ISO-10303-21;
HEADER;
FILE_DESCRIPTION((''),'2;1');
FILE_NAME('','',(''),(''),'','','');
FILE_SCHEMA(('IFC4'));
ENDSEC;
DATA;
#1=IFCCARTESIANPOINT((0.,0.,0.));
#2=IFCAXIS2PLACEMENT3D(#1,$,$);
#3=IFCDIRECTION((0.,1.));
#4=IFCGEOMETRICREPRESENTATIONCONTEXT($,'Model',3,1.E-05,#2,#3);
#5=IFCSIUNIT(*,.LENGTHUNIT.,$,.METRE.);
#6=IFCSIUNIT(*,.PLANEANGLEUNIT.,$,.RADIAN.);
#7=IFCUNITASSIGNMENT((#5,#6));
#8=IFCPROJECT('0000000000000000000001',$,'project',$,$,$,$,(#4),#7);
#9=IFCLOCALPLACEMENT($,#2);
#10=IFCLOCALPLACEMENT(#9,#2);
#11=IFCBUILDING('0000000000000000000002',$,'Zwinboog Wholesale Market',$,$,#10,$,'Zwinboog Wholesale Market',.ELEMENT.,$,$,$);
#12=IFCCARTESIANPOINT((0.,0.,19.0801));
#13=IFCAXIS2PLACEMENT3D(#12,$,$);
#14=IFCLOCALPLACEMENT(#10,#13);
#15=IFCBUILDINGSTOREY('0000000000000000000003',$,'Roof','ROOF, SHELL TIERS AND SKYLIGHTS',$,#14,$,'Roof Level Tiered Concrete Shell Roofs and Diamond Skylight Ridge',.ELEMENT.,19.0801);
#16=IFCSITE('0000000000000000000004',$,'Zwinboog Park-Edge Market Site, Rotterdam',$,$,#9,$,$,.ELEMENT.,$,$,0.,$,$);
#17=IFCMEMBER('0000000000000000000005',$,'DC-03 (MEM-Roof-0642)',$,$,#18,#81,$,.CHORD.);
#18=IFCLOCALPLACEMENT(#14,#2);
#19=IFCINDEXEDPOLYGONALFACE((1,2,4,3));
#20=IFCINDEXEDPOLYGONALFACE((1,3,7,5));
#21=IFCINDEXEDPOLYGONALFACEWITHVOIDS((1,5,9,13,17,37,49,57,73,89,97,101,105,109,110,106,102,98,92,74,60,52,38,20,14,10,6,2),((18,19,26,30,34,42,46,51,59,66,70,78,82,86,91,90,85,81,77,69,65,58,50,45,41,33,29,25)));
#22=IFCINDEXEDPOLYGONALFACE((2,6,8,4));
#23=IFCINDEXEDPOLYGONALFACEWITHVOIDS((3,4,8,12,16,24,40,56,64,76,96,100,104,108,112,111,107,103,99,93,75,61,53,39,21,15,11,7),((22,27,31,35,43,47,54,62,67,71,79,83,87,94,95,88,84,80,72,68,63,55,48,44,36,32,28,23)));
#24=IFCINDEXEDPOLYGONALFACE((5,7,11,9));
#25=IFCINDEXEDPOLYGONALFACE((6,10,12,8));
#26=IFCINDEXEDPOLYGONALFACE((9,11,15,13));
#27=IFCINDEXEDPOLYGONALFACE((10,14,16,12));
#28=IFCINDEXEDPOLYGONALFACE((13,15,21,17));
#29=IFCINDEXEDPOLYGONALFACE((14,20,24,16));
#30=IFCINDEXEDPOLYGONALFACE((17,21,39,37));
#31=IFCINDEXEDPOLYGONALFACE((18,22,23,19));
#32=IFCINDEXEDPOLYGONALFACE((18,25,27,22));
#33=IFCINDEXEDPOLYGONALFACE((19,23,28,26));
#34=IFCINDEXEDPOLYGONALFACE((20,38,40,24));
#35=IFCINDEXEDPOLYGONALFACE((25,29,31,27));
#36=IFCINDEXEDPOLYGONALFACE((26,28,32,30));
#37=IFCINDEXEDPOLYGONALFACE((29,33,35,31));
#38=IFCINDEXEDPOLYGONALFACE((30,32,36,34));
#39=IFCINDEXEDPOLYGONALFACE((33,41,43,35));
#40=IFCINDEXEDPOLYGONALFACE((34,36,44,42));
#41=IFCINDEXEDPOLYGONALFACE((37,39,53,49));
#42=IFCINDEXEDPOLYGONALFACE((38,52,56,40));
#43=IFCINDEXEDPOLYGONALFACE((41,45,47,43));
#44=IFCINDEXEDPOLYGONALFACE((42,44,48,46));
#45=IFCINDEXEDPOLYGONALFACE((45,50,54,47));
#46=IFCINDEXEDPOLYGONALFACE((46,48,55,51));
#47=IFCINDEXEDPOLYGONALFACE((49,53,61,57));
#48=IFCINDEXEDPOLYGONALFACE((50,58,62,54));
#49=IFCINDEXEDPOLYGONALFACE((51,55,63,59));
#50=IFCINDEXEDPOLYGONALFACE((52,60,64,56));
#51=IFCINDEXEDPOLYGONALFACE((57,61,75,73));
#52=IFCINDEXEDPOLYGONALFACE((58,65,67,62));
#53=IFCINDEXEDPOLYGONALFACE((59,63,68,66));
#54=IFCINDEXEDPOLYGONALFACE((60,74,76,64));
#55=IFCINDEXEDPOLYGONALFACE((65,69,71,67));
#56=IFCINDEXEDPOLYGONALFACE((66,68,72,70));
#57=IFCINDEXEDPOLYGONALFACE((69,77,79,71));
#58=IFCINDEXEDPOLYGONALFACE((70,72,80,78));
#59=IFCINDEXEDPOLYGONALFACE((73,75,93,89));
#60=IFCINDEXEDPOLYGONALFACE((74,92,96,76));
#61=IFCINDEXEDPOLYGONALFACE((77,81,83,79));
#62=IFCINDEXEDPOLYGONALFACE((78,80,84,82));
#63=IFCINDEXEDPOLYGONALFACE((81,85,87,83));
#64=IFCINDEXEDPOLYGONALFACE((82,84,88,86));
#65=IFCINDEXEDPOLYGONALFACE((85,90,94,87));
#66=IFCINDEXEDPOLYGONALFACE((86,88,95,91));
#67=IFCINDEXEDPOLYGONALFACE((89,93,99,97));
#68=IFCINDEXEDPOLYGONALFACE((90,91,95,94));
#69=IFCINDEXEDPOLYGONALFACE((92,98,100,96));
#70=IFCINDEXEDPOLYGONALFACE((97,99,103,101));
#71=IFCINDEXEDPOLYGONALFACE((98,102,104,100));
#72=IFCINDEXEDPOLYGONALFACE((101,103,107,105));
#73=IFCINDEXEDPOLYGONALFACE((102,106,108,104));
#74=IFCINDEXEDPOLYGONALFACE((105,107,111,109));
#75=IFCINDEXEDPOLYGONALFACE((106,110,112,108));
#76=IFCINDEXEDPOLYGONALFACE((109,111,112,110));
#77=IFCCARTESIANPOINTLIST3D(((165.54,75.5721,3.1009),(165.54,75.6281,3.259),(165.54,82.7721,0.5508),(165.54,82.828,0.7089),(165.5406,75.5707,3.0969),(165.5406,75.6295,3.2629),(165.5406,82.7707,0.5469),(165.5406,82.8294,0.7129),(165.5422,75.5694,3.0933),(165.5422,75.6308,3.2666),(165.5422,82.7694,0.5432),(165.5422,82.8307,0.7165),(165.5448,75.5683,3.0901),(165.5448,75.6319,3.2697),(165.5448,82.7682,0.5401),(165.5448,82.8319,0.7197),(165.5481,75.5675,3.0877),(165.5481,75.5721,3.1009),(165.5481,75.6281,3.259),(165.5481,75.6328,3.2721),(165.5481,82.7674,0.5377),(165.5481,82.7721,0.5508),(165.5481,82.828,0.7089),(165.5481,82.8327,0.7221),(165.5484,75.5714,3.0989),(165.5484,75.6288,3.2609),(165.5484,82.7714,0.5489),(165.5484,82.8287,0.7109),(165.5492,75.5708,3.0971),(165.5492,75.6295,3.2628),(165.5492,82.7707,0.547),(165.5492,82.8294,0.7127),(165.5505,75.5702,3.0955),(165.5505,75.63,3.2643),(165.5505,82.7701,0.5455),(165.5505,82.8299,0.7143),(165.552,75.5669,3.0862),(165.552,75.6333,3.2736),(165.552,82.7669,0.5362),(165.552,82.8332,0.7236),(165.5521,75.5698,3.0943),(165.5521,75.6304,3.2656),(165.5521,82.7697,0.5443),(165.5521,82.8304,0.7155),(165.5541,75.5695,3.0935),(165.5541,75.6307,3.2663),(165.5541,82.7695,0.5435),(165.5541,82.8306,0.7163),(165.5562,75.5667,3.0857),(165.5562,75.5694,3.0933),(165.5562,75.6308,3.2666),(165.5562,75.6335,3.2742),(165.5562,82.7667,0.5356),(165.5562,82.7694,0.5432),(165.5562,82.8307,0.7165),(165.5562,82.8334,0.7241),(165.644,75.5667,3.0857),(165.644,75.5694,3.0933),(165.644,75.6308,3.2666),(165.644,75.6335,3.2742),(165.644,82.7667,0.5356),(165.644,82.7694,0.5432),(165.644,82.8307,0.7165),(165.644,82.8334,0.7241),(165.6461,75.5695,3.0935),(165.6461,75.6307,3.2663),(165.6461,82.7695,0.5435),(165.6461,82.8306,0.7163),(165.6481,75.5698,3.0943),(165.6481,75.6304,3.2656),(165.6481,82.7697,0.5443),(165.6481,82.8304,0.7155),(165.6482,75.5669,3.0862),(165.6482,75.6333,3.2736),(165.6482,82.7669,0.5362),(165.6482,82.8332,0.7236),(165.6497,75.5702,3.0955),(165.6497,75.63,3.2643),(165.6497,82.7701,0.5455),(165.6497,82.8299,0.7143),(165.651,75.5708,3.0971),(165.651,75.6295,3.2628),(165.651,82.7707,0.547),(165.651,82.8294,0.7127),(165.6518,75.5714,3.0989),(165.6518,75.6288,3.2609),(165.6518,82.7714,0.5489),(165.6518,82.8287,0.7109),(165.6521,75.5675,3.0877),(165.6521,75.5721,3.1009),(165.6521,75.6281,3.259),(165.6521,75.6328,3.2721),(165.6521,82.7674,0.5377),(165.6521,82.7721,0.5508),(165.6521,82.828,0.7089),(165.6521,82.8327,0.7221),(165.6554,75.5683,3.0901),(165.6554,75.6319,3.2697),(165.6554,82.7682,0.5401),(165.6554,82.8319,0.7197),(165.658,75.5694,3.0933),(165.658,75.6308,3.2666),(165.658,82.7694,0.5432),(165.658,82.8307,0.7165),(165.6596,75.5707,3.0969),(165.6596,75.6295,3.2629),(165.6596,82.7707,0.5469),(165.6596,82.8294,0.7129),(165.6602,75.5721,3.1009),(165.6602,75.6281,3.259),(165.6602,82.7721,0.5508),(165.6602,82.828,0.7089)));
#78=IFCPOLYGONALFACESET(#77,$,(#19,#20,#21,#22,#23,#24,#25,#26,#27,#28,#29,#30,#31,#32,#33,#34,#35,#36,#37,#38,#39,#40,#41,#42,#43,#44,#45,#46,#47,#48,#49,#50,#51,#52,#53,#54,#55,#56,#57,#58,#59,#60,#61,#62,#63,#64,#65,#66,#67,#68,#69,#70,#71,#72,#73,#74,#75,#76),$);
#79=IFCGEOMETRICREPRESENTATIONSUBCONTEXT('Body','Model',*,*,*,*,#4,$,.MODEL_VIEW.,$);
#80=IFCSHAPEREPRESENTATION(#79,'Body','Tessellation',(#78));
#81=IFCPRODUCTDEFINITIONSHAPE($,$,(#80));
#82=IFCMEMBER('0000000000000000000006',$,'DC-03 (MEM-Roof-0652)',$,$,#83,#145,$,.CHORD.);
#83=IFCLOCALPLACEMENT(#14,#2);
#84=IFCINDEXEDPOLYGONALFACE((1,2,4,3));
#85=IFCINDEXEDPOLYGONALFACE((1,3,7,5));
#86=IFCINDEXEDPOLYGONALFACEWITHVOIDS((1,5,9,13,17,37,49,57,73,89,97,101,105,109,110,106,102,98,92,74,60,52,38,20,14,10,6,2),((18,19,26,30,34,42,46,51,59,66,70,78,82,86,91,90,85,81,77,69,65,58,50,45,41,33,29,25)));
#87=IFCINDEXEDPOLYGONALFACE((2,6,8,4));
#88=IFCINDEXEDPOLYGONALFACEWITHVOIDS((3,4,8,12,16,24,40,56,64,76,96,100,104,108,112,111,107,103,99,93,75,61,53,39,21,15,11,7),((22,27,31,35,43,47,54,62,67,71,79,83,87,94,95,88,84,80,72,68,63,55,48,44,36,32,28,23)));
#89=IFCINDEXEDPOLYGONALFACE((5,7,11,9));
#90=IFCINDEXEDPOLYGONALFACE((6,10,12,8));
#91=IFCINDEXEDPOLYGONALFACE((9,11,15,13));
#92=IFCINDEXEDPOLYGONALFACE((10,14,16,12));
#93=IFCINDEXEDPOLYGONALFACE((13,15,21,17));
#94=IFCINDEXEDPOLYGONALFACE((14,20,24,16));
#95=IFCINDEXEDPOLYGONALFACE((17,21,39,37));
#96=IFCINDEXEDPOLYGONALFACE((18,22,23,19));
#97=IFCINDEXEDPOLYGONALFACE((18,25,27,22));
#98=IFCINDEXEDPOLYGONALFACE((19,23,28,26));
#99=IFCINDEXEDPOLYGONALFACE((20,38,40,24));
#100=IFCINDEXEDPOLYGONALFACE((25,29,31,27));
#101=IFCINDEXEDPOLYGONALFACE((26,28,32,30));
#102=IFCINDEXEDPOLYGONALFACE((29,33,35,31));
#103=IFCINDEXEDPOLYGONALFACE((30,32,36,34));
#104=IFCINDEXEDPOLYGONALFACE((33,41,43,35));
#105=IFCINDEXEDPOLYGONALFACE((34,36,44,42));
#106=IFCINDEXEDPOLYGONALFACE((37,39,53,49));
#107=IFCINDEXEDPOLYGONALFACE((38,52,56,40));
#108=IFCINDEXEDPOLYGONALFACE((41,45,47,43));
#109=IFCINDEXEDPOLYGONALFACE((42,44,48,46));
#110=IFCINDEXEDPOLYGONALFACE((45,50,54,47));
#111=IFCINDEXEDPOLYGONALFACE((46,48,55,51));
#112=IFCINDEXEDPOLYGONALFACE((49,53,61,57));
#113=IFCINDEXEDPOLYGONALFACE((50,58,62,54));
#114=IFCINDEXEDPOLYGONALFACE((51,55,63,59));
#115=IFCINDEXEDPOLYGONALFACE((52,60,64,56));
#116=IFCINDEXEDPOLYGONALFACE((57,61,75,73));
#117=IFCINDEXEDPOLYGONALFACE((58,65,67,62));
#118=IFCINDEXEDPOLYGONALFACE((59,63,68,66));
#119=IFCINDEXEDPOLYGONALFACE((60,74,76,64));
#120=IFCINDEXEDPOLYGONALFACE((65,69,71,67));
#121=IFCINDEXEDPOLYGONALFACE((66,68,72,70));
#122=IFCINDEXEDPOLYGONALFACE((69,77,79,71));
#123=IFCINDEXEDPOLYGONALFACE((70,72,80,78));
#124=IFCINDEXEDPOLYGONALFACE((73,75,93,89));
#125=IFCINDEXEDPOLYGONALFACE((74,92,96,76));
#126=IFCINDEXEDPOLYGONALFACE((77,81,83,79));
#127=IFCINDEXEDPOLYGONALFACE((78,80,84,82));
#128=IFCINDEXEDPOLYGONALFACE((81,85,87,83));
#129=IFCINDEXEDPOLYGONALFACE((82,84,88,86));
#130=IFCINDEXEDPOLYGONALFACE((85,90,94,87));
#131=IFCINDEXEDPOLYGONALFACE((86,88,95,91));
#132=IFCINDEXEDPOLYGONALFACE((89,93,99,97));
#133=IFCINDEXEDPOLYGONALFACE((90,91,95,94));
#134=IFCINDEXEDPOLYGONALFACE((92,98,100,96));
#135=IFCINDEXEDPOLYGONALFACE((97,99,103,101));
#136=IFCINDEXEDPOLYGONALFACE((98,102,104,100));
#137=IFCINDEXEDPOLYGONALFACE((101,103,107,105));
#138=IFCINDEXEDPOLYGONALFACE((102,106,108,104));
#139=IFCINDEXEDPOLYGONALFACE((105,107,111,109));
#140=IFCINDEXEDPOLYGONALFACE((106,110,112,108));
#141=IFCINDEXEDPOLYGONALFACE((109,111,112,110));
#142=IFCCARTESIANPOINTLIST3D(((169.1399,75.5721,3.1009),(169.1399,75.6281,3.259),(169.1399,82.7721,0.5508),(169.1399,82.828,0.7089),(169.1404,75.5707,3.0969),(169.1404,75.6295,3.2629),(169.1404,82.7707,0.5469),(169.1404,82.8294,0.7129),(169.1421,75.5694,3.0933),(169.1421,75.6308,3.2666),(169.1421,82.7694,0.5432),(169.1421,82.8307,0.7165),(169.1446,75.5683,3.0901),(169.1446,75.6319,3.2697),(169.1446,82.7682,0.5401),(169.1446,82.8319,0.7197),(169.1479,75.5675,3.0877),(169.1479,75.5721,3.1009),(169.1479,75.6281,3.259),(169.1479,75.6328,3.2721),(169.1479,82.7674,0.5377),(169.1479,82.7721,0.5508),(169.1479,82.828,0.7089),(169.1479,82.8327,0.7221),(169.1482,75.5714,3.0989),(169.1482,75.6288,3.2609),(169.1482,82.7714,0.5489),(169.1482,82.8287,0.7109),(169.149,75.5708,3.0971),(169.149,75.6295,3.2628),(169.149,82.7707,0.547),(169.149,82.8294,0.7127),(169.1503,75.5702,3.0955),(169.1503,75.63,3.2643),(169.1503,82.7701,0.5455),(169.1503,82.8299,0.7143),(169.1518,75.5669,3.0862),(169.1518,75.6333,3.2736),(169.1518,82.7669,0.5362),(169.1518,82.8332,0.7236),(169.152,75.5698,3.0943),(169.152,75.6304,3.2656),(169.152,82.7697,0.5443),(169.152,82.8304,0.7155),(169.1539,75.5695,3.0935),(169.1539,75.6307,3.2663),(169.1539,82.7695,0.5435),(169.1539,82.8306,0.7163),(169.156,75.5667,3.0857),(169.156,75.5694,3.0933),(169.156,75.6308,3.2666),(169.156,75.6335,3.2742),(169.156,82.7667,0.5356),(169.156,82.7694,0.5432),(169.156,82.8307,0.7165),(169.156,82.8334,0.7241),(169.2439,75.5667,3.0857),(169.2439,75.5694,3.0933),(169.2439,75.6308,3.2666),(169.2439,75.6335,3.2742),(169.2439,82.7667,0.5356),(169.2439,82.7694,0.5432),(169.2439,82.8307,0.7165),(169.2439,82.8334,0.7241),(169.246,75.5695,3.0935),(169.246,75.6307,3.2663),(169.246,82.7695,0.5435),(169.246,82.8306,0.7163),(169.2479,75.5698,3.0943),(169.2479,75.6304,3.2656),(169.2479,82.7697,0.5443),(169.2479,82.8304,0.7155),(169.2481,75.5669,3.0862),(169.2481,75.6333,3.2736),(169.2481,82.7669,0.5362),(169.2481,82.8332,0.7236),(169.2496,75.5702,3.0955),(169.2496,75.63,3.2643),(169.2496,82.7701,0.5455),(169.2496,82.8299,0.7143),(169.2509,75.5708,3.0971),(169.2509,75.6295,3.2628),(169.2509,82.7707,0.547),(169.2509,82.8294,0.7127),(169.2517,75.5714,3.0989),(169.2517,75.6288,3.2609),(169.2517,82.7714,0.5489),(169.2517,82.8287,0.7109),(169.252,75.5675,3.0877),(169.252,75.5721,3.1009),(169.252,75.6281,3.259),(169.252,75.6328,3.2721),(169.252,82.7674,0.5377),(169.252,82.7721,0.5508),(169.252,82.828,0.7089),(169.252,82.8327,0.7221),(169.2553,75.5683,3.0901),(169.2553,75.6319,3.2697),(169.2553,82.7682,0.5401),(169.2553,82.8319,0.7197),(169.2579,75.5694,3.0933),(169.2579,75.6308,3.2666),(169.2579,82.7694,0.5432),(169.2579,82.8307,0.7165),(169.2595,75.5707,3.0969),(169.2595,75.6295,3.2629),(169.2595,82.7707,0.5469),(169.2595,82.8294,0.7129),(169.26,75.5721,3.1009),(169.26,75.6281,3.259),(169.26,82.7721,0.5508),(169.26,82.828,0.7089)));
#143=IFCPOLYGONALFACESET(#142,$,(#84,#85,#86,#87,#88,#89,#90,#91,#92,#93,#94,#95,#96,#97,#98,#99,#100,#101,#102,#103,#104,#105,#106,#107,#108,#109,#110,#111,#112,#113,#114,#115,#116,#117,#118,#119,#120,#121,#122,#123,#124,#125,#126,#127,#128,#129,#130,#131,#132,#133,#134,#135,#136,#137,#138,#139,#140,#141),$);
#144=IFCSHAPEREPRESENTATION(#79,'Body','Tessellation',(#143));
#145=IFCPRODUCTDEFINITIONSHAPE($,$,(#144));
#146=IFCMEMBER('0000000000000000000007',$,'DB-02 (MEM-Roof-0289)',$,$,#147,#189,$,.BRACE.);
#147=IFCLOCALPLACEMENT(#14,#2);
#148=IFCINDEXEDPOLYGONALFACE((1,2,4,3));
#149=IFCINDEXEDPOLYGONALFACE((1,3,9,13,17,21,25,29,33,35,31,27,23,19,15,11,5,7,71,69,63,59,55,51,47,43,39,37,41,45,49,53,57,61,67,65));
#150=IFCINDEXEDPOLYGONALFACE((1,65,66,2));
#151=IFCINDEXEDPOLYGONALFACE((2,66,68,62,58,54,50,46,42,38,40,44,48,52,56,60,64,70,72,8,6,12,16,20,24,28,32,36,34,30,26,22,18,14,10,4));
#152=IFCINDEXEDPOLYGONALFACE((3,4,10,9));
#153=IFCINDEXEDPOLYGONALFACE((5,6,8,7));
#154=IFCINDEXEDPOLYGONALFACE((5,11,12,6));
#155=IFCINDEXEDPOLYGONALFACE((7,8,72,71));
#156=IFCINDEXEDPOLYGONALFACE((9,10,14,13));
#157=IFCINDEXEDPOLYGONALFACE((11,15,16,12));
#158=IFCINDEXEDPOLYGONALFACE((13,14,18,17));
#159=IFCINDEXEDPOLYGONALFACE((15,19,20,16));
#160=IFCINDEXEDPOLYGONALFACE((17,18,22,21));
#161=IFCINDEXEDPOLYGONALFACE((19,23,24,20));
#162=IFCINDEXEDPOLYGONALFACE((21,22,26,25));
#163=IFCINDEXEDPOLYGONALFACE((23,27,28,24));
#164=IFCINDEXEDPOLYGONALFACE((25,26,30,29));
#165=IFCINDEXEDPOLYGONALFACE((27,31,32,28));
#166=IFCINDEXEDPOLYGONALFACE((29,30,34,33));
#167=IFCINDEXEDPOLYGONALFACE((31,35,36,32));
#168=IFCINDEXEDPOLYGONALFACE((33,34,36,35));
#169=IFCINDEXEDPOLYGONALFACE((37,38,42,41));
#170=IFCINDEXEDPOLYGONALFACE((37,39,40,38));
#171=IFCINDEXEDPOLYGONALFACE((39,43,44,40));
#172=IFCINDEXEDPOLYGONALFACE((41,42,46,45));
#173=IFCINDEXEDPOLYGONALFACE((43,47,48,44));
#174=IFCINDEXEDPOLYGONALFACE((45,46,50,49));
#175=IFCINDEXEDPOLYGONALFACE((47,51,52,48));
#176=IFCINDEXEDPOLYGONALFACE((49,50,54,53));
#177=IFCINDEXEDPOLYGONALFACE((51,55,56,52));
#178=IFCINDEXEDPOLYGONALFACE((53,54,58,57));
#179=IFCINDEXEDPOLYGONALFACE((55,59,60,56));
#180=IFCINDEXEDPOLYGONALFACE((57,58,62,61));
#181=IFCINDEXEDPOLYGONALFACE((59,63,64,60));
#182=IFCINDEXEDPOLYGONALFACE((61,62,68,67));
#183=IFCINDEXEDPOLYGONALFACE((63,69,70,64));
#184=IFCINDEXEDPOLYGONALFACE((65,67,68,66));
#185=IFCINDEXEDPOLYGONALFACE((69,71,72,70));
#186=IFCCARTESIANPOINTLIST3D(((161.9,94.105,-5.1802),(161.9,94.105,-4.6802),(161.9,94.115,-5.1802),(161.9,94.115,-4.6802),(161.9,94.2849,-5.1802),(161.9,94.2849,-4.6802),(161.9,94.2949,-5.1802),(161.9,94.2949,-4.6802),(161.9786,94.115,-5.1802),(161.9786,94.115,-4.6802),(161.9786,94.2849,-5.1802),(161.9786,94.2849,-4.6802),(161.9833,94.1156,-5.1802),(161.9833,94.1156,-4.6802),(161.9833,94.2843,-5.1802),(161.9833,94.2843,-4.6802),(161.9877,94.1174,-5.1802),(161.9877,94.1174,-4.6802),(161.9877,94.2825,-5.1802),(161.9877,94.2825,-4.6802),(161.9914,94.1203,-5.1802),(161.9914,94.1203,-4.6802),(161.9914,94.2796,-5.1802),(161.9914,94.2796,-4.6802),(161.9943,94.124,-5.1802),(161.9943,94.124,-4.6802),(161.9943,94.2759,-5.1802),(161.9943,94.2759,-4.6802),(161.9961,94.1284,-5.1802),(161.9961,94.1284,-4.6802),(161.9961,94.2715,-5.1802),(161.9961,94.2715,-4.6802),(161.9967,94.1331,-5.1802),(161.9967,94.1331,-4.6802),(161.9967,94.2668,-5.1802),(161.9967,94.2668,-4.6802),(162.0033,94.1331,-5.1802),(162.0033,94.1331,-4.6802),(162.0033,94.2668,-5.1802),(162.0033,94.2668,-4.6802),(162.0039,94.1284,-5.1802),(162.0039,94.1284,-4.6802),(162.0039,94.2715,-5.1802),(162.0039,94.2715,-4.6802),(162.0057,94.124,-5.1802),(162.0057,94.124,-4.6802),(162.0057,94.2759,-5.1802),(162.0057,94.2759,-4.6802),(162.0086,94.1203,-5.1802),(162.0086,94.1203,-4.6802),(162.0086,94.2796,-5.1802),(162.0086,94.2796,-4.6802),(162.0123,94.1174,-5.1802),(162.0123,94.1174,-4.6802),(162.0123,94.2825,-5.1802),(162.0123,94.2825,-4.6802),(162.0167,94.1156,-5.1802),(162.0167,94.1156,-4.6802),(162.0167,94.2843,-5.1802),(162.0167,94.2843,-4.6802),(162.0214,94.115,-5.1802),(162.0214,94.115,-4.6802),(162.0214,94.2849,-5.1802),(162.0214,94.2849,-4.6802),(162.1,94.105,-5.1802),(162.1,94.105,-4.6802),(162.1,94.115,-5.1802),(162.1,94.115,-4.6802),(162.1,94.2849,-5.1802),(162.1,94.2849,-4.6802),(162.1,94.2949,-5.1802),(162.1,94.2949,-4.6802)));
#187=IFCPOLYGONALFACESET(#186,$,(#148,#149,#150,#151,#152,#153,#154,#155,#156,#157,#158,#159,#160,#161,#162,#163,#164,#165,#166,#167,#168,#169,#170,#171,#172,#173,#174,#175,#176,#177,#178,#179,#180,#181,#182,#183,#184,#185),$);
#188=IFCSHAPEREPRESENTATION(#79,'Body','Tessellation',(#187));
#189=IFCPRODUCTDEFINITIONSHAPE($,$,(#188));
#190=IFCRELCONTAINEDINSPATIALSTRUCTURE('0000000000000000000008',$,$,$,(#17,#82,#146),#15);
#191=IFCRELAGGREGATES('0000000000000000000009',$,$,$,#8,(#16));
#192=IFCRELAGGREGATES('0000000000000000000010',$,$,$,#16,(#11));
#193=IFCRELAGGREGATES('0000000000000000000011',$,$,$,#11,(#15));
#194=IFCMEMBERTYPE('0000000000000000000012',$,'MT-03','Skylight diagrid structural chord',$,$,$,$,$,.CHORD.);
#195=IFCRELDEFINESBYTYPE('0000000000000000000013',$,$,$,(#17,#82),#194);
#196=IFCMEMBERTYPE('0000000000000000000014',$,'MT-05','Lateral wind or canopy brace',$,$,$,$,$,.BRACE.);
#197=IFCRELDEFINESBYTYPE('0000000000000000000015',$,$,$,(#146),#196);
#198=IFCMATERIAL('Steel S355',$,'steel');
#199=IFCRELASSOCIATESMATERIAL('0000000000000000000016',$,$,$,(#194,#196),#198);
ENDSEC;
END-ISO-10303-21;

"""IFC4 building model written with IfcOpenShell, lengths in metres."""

from ifc_helpers import new_model, si_unit, direction, frame, origin, origin_2d, place, context, subcontext, project, spatial, hollow_rectangle, i_section, extrude, material, material_profile, profile_set, type_object, element, save


model = new_model("IFC4")

# Units and contexts
model_context = context("Model", 3, precision=1e-05, world=origin(), true_north=direction((0.0, 1.0)))
body_context = subcontext(model_context, "Body", "Model", "MODEL_VIEW")
ifc_project = project(units=[si_unit("LENGTHUNIT", "METRE"), si_unit("PLANEANGLEUNIT", "RADIAN")], contexts=[model_context])

# Site, building, storey
site_placement = place(None, origin())
site = spatial("IfcSite", under=ifc_project, at=site_placement, Name="Zwinboog Park-Edge Market Site, Rotterdam", CompositionType="ELEMENT", RefElevation=0.0)
building_placement = place(site_placement, origin())
building = spatial("IfcBuilding", under=site, at=building_placement, Name="Zwinboog Wholesale Market", LongName="Zwinboog Wholesale Market", CompositionType="ELEMENT")
storey_placement = place(building_placement, frame((0.0, 0.0, 19.0801)))
storey = spatial("IfcBuildingStorey", under=building, at=storey_placement, Name="Roof", Description="ROOF, SHELL TIERS AND SKYLIGHTS", LongName="Roof Level Tiered Concrete Shell Roofs and Diamond Skylight Ridge", CompositionType="ELEMENT", Elevation=19.0801)

# Shared definitions
ifc_material_1 = material(Name="Steel S355", Category="steel")

# Members
ifc_material_profile_1 = material_profile(ifc_material_1, hollow_rectangle(XDim=0.1201, YDim=0.2, WallThickness=0.0081, InnerFilletRadius=0.0081, OuterFilletRadius=0.0161, at=origin_2d()), Name="RHS 200x120x8")
ifc_profile_set_1 = profile_set([ifc_material_profile_1], Name="Steel S355")
member_type_1 = type_object("IfcMemberType", Name="MT-03", Description="Skylight diagrid structural chord", PredefinedType="CHORD", material=ifc_profile_set_1)
for number, where, z_axis, x_axis, name in (
    (1, (165.6001, 82.8, 0.6299), (0.0, -0.942625, 0.333855), (1.0, 0.0, 0.0), "DC-03 (MEM-Roof-0642)"),
    (2, (169.2, 82.8, 0.6299), (0.0, -0.942625, 0.333855), (1.0, 0.0, 0.0), "DC-03 (MEM-Roof-0652)"),
):
    element("IfcMember", number, at=place(storey_placement, frame(where, z_axis=z_axis, x_axis=x_axis)), inside=storey, type_object=member_type_1, Name=name, PredefinedType="CHORD", context=body_context, shape_type="SweptSolid", body=[
        extrude(hollow_rectangle(XDim=0.1201, YDim=0.2, WallThickness=0.0081, InnerFilletRadius=0.0081, OuterFilletRadius=0.0161, at=origin_2d()), origin(), (0.0, 0.0, 1.0), 7.6382),
    ])
ifc_material_profile_2 = material_profile(ifc_material_1, i_section(OverallWidth=0.2, OverallDepth=0.1899, WebThickness=0.0066, FlangeThickness=0.01, FilletRadius=0.0181, at=origin_2d()), Name="HEA 200")
ifc_profile_set_2 = profile_set([ifc_material_profile_2], Name="Steel S355")
member_type_2 = type_object("IfcMemberType", Name="MT-05", Description="Lateral wind or canopy brace", PredefinedType="BRACE", material=ifc_profile_set_2)
for number, where, z_axis, x_axis, name in (
    (3, (162.0, 94.2, -5.1802), (0.0, 0.0, 1.0), (1.0, 0.0, 0.0), "DB-02 (MEM-Roof-0289)"),
):
    element("IfcMember", number, at=place(storey_placement, frame(where, z_axis=z_axis, x_axis=x_axis)), inside=storey, type_object=member_type_2, Name=name, PredefinedType="BRACE", context=body_context, shape_type="SweptSolid", body=[
        extrude(i_section(OverallWidth=0.2, OverallDepth=0.1899, WebThickness=0.0066, FlangeThickness=0.01, FilletRadius=0.0181, at=origin_2d()), origin(), (0.0, 0.0, 1.0), 0.5),
    ])

save(model, "model.ifc")
